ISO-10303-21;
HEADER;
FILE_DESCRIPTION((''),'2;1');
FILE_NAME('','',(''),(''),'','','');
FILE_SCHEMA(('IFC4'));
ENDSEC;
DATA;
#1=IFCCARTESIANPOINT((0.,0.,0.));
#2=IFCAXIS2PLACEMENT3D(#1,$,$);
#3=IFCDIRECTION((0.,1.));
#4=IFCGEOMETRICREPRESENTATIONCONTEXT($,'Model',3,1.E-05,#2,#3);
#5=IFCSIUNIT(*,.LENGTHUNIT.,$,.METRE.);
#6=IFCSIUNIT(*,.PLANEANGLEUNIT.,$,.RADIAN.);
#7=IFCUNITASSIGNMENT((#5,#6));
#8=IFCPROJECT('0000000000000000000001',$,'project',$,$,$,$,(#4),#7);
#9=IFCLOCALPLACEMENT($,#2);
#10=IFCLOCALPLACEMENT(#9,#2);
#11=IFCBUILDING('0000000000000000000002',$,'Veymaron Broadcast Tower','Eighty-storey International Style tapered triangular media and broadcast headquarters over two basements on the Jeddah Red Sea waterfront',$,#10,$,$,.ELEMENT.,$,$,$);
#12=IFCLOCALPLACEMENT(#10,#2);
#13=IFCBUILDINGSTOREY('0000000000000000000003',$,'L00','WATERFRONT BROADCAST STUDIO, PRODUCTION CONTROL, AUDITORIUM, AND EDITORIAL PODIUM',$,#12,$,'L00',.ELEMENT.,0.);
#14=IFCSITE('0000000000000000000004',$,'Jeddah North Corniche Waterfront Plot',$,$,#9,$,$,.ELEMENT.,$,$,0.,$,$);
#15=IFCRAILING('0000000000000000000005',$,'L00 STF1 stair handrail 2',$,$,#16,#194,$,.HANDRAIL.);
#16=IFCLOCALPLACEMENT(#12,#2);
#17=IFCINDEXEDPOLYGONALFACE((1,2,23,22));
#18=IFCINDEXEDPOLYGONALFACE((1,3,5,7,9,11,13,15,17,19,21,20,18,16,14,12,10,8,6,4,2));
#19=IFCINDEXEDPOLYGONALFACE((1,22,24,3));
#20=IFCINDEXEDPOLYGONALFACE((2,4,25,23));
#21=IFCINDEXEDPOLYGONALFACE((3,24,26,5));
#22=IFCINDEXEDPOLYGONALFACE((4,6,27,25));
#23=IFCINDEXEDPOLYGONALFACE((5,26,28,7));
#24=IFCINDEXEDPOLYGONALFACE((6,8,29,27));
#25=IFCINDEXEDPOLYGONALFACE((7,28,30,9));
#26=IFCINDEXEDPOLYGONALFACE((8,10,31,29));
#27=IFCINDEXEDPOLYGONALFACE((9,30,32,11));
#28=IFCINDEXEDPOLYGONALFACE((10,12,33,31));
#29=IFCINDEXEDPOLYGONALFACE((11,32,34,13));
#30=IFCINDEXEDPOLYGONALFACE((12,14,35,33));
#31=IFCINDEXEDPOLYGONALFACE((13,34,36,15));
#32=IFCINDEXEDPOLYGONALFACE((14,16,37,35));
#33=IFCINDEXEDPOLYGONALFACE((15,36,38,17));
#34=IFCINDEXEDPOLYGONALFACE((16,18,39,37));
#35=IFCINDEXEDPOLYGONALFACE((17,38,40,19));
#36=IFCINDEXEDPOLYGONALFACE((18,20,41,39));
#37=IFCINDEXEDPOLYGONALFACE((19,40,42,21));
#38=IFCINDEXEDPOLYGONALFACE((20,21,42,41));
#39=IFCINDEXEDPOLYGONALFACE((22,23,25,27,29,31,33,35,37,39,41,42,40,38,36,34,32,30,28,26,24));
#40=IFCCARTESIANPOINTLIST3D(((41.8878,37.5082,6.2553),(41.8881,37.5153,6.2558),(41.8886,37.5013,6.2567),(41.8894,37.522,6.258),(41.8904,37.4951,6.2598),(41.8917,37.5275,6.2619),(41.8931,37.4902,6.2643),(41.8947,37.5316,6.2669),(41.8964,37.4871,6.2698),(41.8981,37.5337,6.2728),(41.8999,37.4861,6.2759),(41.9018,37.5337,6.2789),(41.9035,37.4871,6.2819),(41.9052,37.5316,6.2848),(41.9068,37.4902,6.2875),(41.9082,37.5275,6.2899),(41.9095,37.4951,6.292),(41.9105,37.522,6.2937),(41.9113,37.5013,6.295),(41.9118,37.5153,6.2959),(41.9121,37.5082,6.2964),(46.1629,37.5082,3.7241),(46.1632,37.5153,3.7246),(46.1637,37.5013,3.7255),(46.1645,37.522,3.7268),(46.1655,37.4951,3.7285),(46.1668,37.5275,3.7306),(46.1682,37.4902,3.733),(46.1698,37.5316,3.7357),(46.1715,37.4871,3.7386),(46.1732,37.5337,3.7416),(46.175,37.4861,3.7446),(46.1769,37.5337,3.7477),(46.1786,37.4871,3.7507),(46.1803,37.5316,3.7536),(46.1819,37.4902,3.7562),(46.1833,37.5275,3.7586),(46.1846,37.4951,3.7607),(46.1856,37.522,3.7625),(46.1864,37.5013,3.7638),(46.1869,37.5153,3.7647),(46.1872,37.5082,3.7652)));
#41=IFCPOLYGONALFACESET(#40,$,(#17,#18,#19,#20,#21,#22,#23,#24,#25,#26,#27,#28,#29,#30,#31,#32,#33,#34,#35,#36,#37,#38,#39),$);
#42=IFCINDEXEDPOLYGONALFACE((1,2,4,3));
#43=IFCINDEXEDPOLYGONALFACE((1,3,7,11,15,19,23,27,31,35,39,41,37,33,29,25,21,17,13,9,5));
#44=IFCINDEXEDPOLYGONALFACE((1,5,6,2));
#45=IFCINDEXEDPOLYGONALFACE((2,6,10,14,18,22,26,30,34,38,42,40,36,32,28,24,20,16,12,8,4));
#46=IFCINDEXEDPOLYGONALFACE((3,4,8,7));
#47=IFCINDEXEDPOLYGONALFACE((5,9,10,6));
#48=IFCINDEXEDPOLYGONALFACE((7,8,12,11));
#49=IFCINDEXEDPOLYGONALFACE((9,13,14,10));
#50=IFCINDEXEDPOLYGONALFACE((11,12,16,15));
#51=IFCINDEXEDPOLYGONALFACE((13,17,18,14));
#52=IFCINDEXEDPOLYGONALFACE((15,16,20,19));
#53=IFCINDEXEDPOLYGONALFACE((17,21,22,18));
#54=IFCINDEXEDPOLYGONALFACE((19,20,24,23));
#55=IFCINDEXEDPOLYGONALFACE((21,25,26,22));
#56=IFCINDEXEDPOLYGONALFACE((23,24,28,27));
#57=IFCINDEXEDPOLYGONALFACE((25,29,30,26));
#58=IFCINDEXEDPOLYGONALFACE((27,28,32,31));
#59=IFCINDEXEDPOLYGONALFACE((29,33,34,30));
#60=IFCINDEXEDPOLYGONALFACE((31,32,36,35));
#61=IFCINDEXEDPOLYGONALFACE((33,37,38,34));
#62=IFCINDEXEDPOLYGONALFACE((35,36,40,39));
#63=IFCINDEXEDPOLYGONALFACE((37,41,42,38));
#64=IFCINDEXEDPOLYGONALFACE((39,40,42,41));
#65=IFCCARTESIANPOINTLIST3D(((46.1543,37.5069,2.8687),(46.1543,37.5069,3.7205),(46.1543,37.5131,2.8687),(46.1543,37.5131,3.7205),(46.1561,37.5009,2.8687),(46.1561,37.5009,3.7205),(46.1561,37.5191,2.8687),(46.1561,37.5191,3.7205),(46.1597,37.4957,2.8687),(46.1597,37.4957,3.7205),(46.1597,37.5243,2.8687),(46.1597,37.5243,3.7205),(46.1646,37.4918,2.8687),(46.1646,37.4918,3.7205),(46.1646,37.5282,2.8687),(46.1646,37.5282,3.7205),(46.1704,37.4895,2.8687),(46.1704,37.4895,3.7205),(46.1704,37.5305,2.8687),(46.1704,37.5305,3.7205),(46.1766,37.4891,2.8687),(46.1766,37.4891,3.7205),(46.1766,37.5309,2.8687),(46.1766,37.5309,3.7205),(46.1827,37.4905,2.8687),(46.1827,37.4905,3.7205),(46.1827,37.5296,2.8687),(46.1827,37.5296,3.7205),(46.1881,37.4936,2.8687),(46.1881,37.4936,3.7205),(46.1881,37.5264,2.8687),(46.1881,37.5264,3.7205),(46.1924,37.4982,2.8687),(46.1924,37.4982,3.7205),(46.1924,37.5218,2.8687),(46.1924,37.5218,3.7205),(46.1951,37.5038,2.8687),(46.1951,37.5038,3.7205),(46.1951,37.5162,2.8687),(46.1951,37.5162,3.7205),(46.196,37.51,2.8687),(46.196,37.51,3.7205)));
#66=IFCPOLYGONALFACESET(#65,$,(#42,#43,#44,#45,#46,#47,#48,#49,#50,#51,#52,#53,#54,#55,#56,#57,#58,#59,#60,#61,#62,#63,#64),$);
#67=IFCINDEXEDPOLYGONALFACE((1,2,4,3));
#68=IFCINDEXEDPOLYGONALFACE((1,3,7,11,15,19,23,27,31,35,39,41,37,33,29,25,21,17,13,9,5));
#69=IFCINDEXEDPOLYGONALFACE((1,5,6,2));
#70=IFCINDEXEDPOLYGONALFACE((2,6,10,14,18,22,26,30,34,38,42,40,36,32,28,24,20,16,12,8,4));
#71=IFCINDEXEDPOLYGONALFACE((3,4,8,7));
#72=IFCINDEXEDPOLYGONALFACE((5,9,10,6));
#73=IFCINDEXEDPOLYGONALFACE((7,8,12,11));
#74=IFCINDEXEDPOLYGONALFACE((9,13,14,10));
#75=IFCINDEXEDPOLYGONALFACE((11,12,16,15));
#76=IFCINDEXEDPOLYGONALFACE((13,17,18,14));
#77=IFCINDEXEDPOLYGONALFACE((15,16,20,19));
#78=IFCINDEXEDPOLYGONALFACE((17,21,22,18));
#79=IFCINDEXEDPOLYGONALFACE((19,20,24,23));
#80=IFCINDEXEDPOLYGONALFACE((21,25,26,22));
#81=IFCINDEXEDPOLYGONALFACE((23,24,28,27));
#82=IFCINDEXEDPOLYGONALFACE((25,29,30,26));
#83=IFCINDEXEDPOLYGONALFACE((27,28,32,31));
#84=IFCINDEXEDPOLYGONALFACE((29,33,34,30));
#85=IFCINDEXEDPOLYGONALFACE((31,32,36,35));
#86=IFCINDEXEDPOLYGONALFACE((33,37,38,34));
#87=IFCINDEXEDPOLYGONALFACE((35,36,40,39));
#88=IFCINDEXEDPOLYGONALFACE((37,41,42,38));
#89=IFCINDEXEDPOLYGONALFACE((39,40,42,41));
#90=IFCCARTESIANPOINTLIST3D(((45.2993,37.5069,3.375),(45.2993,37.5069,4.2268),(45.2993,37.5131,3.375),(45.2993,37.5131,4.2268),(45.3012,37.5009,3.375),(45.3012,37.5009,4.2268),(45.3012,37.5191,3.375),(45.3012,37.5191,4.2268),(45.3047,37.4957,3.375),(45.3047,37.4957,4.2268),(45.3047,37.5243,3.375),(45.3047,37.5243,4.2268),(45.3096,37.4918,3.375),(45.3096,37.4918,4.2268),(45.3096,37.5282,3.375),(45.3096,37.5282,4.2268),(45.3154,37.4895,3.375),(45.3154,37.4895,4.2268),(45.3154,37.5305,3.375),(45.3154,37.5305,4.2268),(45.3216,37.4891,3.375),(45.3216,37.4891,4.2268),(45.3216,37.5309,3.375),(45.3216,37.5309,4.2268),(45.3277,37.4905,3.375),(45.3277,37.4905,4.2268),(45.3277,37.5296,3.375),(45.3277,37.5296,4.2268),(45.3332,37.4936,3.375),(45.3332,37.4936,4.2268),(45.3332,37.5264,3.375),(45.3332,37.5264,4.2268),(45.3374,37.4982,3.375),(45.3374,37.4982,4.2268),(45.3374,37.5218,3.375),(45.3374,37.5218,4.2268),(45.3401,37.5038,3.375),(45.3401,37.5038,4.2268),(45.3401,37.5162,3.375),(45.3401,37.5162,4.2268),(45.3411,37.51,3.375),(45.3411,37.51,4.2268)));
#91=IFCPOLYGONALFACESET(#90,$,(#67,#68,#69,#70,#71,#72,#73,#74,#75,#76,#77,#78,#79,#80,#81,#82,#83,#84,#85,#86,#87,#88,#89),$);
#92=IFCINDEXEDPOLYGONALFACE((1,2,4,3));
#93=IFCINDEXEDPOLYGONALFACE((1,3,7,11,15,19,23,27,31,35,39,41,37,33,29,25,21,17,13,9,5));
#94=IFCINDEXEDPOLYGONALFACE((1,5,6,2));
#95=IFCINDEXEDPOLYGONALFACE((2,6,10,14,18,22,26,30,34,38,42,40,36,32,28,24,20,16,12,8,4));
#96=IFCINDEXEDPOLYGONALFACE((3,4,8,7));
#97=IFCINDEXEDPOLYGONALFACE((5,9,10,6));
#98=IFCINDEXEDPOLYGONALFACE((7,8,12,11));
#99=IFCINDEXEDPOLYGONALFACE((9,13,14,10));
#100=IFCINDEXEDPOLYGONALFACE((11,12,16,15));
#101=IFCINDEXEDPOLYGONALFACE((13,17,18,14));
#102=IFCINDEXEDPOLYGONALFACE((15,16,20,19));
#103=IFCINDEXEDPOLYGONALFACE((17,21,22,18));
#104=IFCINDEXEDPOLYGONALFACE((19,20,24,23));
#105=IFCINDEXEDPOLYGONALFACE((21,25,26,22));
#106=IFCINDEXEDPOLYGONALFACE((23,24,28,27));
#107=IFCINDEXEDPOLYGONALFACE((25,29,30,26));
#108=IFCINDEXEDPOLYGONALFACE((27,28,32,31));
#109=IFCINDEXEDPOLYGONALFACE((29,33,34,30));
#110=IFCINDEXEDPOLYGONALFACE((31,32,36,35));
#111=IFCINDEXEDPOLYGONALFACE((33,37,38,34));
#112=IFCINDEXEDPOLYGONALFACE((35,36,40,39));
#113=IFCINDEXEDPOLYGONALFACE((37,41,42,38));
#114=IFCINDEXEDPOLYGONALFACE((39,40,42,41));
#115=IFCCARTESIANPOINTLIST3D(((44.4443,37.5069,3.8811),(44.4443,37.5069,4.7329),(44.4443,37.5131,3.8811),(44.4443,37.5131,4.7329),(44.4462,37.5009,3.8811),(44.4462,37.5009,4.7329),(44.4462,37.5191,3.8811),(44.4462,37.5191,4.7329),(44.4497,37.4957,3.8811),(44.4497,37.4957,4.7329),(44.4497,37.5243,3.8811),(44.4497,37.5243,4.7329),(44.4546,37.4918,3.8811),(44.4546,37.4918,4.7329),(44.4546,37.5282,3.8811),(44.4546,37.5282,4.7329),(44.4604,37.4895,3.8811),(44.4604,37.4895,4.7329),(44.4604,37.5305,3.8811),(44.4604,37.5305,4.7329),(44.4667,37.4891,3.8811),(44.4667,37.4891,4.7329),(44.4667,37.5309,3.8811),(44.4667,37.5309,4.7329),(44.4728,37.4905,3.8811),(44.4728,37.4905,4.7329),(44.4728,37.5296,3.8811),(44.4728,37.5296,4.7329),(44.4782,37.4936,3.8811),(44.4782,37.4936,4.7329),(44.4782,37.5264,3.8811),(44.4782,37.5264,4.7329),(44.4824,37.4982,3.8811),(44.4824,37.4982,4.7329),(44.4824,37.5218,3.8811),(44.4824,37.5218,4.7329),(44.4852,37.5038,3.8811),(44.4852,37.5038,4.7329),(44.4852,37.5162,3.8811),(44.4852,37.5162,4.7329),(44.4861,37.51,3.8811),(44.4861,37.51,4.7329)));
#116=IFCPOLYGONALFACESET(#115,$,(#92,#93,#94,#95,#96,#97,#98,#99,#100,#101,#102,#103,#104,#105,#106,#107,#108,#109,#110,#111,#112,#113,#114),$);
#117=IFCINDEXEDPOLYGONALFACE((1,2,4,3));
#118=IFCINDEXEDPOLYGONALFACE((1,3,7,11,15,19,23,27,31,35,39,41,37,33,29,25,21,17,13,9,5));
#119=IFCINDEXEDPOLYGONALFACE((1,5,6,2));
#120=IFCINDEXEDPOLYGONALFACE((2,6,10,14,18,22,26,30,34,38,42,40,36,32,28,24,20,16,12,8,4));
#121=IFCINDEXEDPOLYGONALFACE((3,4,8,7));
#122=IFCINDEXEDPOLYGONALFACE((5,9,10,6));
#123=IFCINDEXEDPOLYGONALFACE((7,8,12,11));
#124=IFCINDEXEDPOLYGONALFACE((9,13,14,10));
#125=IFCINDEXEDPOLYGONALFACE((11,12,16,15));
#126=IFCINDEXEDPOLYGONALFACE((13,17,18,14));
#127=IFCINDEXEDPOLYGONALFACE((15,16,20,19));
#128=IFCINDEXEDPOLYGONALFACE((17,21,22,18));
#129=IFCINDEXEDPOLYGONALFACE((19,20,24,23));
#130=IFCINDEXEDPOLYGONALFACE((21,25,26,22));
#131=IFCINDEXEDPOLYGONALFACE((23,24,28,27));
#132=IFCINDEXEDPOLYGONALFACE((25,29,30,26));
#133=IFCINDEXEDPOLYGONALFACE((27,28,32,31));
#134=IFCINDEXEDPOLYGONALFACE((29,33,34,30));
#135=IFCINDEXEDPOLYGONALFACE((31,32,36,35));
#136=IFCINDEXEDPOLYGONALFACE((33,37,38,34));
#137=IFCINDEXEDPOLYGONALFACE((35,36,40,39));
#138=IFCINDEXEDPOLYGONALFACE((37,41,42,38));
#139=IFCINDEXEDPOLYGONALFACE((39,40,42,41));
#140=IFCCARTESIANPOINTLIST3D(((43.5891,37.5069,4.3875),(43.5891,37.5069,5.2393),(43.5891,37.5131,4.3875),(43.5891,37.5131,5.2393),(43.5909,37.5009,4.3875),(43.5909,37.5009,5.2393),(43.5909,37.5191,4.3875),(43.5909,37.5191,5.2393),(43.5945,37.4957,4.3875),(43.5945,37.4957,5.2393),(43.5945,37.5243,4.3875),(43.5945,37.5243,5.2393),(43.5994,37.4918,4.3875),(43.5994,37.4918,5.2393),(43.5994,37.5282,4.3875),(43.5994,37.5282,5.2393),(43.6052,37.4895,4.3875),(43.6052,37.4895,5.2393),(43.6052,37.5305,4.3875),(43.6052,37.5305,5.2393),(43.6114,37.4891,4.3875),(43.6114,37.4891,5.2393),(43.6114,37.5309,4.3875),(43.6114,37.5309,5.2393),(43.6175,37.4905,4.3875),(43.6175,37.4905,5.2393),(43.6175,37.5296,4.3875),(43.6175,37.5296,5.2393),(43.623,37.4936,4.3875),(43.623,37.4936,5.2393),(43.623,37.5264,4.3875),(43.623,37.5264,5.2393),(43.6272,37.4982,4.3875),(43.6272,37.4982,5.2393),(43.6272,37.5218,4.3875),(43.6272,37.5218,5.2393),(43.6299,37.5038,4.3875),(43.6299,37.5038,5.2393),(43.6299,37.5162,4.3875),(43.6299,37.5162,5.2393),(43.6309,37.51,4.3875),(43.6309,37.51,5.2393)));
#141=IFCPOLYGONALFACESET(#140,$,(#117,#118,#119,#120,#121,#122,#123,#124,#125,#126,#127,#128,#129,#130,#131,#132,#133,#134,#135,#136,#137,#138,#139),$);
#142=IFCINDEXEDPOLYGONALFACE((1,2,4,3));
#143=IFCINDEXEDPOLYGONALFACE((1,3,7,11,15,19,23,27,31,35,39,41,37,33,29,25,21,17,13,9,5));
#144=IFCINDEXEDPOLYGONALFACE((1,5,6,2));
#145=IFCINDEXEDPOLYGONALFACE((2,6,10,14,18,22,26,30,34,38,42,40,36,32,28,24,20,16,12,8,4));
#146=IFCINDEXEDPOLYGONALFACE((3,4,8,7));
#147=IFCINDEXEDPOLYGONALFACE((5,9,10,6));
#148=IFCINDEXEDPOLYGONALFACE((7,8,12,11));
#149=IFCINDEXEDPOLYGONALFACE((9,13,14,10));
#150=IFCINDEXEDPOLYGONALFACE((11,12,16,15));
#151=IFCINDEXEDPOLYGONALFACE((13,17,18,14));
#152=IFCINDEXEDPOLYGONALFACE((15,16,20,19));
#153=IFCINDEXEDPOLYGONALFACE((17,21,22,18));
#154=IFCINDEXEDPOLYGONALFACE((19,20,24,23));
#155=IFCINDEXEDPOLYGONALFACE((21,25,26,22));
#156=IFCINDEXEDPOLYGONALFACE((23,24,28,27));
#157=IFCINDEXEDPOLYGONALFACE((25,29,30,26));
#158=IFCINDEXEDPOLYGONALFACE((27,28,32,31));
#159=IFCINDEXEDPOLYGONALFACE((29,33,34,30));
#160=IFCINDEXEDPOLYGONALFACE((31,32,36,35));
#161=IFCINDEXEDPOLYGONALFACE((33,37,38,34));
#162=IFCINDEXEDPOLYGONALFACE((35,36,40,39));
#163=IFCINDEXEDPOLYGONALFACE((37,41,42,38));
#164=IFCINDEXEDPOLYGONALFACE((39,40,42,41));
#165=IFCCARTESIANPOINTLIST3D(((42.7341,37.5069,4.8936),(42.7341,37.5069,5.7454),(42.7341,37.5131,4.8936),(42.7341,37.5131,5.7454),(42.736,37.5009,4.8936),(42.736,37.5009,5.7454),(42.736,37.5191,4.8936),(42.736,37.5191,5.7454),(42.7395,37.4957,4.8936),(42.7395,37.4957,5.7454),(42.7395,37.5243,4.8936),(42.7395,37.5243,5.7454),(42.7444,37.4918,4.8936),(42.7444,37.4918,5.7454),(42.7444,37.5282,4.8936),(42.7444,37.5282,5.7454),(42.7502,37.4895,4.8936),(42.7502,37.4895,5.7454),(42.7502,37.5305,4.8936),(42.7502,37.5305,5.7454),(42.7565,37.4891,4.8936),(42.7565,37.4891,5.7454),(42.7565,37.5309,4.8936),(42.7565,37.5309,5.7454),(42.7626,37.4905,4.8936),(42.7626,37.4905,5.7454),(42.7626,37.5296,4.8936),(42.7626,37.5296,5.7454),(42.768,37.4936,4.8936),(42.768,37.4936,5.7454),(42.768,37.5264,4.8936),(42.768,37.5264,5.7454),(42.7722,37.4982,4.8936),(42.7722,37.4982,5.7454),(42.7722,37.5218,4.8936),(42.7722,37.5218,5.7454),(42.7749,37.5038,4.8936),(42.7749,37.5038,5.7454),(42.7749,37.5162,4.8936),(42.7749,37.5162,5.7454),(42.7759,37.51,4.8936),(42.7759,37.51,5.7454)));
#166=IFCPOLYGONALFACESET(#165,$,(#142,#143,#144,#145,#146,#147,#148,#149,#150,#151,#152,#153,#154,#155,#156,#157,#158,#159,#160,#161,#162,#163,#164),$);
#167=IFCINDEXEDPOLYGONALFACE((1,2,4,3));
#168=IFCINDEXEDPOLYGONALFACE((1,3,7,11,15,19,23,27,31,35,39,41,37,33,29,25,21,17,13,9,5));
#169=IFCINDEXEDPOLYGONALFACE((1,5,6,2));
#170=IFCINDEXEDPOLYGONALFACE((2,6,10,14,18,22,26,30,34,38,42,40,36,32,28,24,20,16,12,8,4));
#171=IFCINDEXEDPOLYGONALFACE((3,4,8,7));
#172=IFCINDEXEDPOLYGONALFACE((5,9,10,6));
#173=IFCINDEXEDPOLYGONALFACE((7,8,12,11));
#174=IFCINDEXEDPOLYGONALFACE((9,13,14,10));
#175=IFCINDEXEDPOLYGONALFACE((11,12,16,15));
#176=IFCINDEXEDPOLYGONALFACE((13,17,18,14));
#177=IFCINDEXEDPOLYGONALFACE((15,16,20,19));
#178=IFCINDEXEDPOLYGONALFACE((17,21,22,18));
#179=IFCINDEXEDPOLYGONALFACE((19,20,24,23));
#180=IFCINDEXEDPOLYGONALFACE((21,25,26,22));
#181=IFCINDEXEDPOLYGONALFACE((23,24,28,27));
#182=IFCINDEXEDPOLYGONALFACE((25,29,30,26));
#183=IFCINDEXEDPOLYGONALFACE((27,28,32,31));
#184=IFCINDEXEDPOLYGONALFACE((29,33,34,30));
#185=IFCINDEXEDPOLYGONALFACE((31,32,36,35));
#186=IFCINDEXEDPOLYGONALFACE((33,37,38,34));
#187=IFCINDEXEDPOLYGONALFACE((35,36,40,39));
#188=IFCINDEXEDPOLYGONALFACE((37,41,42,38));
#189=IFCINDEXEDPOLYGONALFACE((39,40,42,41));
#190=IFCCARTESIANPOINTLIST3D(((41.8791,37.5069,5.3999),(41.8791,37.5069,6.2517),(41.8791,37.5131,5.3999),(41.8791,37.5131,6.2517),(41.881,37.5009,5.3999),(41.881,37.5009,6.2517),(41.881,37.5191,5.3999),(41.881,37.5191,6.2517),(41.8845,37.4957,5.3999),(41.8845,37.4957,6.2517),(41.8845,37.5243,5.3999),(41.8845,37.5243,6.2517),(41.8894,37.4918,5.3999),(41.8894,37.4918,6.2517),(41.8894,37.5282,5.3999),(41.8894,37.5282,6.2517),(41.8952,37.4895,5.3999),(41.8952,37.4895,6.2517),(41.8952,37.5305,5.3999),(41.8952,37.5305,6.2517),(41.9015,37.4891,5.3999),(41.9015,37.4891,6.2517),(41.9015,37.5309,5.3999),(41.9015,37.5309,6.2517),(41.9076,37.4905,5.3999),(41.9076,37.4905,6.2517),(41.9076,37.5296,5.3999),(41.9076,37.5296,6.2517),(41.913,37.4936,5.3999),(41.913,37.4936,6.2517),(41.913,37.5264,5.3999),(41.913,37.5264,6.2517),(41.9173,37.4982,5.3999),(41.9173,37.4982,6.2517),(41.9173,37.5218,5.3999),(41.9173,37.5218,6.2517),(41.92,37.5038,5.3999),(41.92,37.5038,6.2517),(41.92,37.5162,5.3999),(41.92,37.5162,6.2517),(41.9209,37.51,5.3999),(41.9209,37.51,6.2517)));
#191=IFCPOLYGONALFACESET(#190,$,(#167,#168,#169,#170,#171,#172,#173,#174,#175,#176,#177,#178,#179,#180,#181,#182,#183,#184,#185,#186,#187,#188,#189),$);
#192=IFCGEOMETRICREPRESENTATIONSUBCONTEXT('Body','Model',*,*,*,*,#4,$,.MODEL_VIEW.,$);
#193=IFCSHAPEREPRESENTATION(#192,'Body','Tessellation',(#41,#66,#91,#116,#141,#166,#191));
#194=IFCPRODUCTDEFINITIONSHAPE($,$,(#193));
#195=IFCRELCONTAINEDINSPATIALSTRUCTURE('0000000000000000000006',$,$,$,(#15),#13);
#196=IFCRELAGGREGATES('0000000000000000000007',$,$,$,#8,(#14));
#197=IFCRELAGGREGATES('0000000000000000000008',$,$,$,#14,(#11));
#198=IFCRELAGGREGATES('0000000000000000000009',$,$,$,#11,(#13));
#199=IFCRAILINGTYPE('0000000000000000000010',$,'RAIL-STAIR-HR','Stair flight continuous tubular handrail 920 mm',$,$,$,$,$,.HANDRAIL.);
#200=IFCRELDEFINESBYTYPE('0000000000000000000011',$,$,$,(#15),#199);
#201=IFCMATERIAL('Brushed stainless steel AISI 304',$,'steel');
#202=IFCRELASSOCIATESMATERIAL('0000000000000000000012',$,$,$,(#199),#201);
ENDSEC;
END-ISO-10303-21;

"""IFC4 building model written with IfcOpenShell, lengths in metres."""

from ifc_helpers import new_model, si_unit, direction, frame, origin, origin_2d, place, context, subcontext, project, spatial, circle, extrude, material, type_object, element, save


model = new_model("IFC4")

# Units and contexts
model_context = context("Model", 3, precision=1e-05, world=origin(), true_north=direction((0.0, 1.0)))
body_context = subcontext(model_context, "Body", "Model", "MODEL_VIEW")
ifc_project = project(units=[si_unit("LENGTHUNIT", "METRE"), si_unit("PLANEANGLEUNIT", "RADIAN")], contexts=[model_context])

# Site, building, storey
site_placement = place(None, origin())
site = spatial("IfcSite", under=ifc_project, at=site_placement, Name="Jeddah North Corniche Waterfront Plot", CompositionType="ELEMENT", RefElevation=0.0)
building_placement = place(site_placement, origin())
building = spatial("IfcBuilding", under=site, at=building_placement, Name="Veymaron Broadcast Tower", Description="Eighty-storey International Style tapered triangular media and broadcast headquarters over two basements on the Jeddah Red Sea waterfront", CompositionType="ELEMENT")
storey_placement = place(building_placement, origin())
storey = spatial("IfcBuildingStorey", under=building, at=storey_placement, Name="L00", Description="WATERFRONT BROADCAST STUDIO, PRODUCTION CONTROL, AUDITORIUM, AND EDITORIAL PODIUM", LongName="L00", CompositionType="ELEMENT", Elevation=0.0)

# Railing
ifc_material_1 = material(Name="Brushed stainless steel AISI 304", Category="steel")
railing_type_1 = type_object("IfcRailingType", Name="RAIL-STAIR-HR", Description="Stair flight continuous tubular handrail 920 mm", PredefinedType="HANDRAIL", material=ifc_material_1)
railing_1_placement = place(storey_placement, frame((46.175, 37.51, 2.8687)))
element("IfcRailing", 1, at=railing_1_placement, inside=storey, type_object=railing_type_1, Name="L00 STF1 stair handrail 2", PredefinedType="HANDRAIL", context=body_context, shape_type="SweptSolid", body=[
    extrude(circle(Radius=0.0239, at=origin_2d()), frame((0.0, 0.0, 0.876), z_axis=(-0.860483, 0.0, 0.509479), x_axis=(0.0, -1.0, 0.0)), (0.0, 0.0, 1.0), 4.9683),
    extrude(circle(Radius=0.021, at=origin_2d()), origin(), (0.0, 0.0, 1.0), 0.8518),
    extrude(circle(Radius=0.021, at=origin_2d()), frame((-0.855, 0.0, 0.5063)), (0.0, 0.0, 1.0), 0.8518),
    extrude(circle(Radius=0.021, at=origin_2d()), frame((-1.71, 0.0, 1.0125)), (0.0, 0.0, 1.0), 0.8518),
    extrude(circle(Radius=0.021, at=origin_2d()), frame((-2.5652, 0.0, 1.5188)), (0.0, 0.0, 1.0), 0.8518),
    extrude(circle(Radius=0.021, at=origin_2d()), frame((-3.4202, 0.0, 2.0249)), (0.0, 0.0, 1.0), 0.8518),
    extrude(circle(Radius=0.021, at=origin_2d()), frame((-4.2751, 0.0, 2.5312)), (0.0, 0.0, 1.0), 0.8518),
])

save(model, "model.ifc")
